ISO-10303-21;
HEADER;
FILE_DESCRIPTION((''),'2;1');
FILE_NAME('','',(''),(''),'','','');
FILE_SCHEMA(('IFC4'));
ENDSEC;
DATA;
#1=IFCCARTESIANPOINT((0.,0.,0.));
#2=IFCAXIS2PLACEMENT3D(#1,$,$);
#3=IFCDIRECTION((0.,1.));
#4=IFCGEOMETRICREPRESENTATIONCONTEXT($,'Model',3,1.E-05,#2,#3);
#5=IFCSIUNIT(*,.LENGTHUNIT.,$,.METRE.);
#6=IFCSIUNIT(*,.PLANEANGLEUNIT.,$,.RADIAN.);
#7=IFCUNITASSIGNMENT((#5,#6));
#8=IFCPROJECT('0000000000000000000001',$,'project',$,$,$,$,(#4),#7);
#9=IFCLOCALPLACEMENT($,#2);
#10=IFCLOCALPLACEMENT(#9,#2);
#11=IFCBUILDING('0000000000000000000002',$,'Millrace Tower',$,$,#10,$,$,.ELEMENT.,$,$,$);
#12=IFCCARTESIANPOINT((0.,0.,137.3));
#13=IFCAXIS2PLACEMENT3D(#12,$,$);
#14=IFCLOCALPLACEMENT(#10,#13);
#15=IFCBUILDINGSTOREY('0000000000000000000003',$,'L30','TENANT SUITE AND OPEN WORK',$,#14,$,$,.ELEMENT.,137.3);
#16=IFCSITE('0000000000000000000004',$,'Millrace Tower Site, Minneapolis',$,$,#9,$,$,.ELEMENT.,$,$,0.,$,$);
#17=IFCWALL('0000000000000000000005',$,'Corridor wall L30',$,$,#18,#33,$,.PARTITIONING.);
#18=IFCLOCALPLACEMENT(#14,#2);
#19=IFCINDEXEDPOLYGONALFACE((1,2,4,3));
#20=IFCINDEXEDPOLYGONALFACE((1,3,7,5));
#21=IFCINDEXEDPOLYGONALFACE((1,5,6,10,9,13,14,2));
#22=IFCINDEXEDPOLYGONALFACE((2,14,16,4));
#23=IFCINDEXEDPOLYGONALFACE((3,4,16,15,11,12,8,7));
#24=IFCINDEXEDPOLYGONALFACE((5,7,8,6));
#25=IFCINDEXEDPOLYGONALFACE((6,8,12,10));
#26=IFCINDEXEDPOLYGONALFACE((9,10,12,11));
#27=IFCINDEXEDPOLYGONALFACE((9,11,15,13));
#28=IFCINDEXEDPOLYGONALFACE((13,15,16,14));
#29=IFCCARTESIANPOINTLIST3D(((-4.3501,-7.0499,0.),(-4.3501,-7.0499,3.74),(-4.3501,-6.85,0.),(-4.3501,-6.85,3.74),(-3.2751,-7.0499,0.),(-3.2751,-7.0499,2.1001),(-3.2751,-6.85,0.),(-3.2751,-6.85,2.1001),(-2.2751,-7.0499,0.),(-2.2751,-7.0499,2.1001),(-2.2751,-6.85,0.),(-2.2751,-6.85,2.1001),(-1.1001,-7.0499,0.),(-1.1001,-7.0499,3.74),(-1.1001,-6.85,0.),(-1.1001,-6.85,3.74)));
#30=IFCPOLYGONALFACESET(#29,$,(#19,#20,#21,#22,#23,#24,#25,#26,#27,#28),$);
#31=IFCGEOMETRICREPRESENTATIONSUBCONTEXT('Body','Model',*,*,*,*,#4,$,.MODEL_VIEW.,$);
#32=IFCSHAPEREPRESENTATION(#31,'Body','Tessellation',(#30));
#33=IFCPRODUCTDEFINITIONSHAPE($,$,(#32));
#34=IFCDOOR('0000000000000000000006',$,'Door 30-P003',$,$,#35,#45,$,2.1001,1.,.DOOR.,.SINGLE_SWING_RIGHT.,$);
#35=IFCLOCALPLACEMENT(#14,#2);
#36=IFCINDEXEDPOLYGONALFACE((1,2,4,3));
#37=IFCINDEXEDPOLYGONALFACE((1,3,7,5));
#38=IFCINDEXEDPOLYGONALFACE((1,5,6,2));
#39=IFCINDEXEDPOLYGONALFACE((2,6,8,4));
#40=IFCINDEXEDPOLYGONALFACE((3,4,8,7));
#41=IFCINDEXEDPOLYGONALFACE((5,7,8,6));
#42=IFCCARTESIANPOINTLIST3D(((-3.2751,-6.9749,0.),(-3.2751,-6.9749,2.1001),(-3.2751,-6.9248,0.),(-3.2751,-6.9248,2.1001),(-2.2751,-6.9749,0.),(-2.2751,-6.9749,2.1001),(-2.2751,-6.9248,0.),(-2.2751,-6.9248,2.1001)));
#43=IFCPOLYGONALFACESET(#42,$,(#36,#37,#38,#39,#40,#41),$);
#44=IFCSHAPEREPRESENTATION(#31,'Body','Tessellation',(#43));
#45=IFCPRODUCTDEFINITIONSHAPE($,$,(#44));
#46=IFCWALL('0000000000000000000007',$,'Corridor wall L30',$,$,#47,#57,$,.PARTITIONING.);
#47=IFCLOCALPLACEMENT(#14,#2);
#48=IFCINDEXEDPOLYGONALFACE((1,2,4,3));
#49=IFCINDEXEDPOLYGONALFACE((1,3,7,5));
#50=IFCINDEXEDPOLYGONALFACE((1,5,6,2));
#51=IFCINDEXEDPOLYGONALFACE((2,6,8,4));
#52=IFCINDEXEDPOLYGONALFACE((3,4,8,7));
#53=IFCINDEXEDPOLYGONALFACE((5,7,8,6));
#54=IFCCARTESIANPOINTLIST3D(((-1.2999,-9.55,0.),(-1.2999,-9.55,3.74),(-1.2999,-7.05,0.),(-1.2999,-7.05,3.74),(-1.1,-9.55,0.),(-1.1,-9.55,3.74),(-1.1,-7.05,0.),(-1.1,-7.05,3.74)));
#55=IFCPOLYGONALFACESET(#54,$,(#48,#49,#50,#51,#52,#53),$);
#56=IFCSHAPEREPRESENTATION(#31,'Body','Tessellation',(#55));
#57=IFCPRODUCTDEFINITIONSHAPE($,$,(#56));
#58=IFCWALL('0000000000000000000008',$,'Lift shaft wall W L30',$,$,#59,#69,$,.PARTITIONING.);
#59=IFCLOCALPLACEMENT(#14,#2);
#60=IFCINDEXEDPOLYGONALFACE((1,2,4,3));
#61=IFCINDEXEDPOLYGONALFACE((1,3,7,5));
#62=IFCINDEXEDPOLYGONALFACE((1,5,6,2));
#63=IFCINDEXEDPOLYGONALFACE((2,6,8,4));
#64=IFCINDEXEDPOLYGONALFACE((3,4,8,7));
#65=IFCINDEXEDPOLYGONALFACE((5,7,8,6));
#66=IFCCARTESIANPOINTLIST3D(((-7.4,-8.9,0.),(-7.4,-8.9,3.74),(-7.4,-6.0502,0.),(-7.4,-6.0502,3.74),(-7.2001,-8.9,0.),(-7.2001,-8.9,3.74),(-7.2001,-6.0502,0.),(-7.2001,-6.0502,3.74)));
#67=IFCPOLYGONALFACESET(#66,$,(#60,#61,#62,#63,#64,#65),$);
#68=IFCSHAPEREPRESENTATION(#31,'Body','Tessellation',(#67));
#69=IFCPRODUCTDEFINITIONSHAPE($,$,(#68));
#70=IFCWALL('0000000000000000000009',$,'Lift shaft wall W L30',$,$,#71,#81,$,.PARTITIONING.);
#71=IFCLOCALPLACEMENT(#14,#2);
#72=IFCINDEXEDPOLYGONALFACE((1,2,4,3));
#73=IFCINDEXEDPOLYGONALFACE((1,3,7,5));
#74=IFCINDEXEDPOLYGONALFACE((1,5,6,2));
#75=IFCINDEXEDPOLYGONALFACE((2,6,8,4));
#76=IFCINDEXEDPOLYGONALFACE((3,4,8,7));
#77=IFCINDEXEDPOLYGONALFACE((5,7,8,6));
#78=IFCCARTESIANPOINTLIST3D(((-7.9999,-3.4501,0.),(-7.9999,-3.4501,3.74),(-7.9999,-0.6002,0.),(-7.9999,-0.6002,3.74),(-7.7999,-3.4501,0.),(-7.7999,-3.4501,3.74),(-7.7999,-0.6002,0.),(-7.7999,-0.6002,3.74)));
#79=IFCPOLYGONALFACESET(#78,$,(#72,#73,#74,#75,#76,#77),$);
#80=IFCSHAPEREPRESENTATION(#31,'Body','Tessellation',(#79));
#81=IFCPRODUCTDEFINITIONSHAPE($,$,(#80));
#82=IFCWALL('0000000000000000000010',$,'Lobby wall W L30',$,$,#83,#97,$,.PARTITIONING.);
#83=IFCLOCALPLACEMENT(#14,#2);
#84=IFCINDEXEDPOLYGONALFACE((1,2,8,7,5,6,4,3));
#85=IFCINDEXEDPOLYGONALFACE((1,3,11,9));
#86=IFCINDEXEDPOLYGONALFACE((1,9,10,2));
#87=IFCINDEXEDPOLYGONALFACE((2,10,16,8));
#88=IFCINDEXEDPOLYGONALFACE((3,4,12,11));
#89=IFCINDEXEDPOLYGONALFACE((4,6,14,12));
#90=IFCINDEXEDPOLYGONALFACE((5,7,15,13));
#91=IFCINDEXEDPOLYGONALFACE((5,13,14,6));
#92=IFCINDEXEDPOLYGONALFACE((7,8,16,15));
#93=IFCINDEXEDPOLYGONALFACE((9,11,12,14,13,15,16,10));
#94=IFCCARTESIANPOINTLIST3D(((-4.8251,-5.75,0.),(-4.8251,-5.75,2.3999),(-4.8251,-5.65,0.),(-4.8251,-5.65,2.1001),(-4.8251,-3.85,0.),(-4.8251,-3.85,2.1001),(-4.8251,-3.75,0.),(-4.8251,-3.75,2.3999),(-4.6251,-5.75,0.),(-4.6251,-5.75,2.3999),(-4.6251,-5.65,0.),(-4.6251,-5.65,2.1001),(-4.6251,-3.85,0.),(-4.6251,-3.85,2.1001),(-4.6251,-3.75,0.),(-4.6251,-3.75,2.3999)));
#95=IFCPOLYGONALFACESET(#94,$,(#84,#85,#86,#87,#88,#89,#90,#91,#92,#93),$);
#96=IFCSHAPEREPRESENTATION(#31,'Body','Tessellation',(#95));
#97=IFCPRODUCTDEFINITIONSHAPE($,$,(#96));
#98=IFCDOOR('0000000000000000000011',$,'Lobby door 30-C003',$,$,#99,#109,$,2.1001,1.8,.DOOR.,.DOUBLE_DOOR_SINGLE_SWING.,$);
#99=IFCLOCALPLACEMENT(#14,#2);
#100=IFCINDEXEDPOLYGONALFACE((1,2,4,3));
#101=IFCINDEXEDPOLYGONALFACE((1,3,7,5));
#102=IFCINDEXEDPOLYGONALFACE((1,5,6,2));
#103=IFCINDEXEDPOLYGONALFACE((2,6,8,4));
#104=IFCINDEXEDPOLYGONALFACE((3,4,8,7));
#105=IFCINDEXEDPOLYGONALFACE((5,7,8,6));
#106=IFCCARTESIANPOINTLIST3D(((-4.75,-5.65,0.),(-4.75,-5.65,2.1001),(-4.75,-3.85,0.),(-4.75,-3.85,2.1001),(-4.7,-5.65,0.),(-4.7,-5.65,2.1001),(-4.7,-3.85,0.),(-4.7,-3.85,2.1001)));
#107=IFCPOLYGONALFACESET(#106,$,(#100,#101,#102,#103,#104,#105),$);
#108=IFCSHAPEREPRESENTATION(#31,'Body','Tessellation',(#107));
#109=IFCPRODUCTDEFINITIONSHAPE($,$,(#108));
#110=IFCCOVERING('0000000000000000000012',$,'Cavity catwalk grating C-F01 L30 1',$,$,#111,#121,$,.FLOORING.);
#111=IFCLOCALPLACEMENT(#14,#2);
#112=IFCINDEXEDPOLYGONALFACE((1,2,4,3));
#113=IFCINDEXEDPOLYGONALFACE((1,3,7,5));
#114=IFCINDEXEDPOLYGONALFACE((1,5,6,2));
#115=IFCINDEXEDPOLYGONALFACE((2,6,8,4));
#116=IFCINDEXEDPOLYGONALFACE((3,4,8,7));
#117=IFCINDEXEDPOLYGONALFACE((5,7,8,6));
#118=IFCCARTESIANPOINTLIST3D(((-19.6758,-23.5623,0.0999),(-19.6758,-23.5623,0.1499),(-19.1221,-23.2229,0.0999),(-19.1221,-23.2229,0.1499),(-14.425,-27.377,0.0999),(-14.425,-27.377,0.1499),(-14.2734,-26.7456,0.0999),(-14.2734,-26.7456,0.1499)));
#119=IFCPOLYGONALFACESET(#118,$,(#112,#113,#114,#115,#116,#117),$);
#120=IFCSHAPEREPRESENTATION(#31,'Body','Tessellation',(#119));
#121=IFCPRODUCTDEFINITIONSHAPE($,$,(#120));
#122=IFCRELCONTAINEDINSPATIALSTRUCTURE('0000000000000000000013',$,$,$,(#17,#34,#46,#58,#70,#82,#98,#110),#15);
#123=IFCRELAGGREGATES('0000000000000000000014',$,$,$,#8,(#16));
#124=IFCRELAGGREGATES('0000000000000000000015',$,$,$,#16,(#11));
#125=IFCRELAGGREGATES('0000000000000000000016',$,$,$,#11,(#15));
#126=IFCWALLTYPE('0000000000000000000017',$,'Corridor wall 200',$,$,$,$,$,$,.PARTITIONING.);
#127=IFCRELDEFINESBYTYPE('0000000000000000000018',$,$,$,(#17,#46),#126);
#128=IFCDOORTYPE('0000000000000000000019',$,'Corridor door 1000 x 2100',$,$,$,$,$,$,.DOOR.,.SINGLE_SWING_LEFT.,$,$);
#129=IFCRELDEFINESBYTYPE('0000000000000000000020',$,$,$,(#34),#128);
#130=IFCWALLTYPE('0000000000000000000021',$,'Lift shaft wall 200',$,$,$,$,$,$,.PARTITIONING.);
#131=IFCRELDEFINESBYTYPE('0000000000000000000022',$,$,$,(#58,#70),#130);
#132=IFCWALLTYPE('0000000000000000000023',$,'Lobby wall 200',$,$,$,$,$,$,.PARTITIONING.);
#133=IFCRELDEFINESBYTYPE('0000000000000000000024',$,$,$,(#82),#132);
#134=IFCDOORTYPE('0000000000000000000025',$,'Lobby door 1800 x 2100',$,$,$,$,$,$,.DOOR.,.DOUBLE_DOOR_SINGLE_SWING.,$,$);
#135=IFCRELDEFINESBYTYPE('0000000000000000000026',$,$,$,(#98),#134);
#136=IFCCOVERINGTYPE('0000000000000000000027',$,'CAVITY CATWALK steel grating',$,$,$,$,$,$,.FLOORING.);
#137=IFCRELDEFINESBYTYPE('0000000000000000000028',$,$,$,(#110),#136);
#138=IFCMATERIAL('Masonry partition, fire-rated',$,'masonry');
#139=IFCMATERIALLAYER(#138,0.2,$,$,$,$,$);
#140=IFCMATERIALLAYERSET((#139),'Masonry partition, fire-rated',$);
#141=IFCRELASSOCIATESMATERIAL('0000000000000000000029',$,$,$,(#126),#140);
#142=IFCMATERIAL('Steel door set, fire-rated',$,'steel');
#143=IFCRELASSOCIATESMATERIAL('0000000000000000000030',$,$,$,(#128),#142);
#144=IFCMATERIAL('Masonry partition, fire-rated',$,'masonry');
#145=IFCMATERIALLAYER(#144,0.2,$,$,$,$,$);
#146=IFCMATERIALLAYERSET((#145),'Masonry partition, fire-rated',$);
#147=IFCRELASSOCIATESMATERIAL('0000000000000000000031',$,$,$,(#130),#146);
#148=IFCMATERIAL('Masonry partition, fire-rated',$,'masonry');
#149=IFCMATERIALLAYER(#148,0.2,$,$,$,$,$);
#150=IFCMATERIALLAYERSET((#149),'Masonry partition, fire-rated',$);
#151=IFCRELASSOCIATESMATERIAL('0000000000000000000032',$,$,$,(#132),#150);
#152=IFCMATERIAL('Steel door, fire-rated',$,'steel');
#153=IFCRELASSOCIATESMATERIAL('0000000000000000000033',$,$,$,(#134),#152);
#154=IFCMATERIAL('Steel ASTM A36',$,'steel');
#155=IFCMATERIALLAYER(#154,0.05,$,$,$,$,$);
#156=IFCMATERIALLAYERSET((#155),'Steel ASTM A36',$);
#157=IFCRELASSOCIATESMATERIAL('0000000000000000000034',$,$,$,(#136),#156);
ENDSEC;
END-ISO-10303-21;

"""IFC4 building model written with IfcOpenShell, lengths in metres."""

from ifc_helpers import new_model, si_unit, direction, frame, frame_2d, origin, place, context, subcontext, project, spatial, polyline, rectangle, outline, extrude, material, layer, layer_set, type_object, element, fill, save


model = new_model("IFC4")

# Units and contexts
model_context = context("Model", 3, precision=1e-05, world=origin(), true_north=direction((0.0, 1.0)))
body_context = subcontext(model_context, "Body", "Model", "MODEL_VIEW")
ifc_project = project(units=[si_unit("LENGTHUNIT", "METRE"), si_unit("PLANEANGLEUNIT", "RADIAN")], contexts=[model_context])

# Site, building, storey
site_placement = place(None, origin())
site = spatial("IfcSite", under=ifc_project, at=site_placement, Name="Millrace Tower Site, Minneapolis", CompositionType="ELEMENT", RefElevation=0.0)
building_placement = place(site_placement, origin())
building = spatial("IfcBuilding", under=site, at=building_placement, Name="Millrace Tower", CompositionType="ELEMENT")
storey_placement = place(building_placement, frame((0.0, 0.0, 137.3)))
storey = spatial("IfcBuildingStorey", under=building, at=storey_placement, Name="L30", Description="TENANT SUITE AND OPEN WORK", CompositionType="ELEMENT", Elevation=137.3)

# Shared definitions
ifc_material_1 = material(Name="Masonry partition, fire-rated", Category="masonry")
ifc_layer_1 = layer(ifc_material_1, 0.2)
ifc_layer_set_1 = layer_set([ifc_layer_1], Name="Masonry partition, fire-rated")
wall_type_1 = type_object("IfcWallType", Name="Corridor wall 200", PredefinedType="PARTITIONING", material=ifc_layer_set_1)

# Wall, opening, door
wall_1_placement = place(storey_placement, frame((-4.3501, -6.95, 0.0), z_axis=(0.0, 0.0, 1.0), x_axis=(1.0, 0.0, 0.0)))
wall_1 = element("IfcWall", 1, at=wall_1_placement, inside=storey, type_object=wall_type_1, Name="Corridor wall L30", PredefinedType="PARTITIONING", context=body_context, shape_type="SweptSolid", body=[
    extrude(rectangle(XDim=3.25, YDim=0.2, at=frame_2d((1.625, 0.0))), origin(), (0.0, 0.0, 1.0), 3.74),
])
opening_1_placement = place(wall_1_placement, frame((1.075, 0.0, 0.0)))
opening_1 = element("IfcOpeningElement", 2, at=opening_1_placement, cuts=wall_1, PredefinedType="OPENING", context=body_context, shape_type="SweptSolid", body=[
    extrude(rectangle(XDim=1.0, YDim=2.1001, at=frame_2d((0.5, 1.05))), frame((0.0, 0.1099, 0.0), z_axis=(0.0, -1.0, 0.0), x_axis=(1.0, 0.0, 0.0)), (0.0, 0.0, 1.0), 0.22),
])
ifc_material_2 = material(Name="Steel door set, fire-rated", Category="steel")
door_type_1 = type_object("IfcDoorType", Name="Corridor door 1000 x 2100", OperationType="SINGLE_SWING_LEFT", PredefinedType="DOOR", material=ifc_material_2)
door_1_placement = place(opening_1_placement, frame((1.0, 0.0, 0.0), z_axis=(0.0, 0.0, 1.0), x_axis=(-1.0, 0.0, 0.0)))
door_1 = element("IfcDoor", 3, at=door_1_placement, inside=storey, type_object=door_type_1, Name="Door 30-P003", OperationType="SINGLE_SWING_RIGHT", OverallHeight=2.1001, OverallWidth=1.0, PredefinedType="DOOR", context=body_context, shape_type="SweptSolid", body=[
    extrude(rectangle(XDim=1.0, YDim=2.1001, at=frame_2d((0.5, 1.05))), frame((0.0, 0.0249, 0.0), z_axis=(0.0, -1.0, 0.0), x_axis=(1.0, 0.0, 0.0)), (0.0, 0.0, 1.0), 0.05),
])
fill(opening_1, door_1)

# Walls
wall_2_placement = place(storey_placement, frame((-1.2, -9.55, 0.0), z_axis=(0.0, 0.0, 1.0), x_axis=(0.0, 1.0, 0.0)))
element("IfcWall", 4, at=wall_2_placement, inside=storey, type_object=wall_type_1, Name="Corridor wall L30", PredefinedType="PARTITIONING", context=body_context, shape_type="SweptSolid", body=[
    extrude(rectangle(XDim=2.5, YDim=0.2, at=frame_2d((1.25, 0.0))), origin(), (0.0, 0.0, 1.0), 3.74),
])
ifc_material_3 = material(Name="Masonry partition, fire-rated", Category="masonry")
ifc_layer_2 = layer(ifc_material_3, 0.2)
ifc_layer_set_2 = layer_set([ifc_layer_2], Name="Masonry partition, fire-rated")
wall_type_2 = type_object("IfcWallType", Name="Lift shaft wall 200", PredefinedType="PARTITIONING", material=ifc_layer_set_2)
for number, where, z_axis, x_axis, name in (
    (5, (-7.3, -8.8999, 0.0), (0.0, 0.0, 1.0), (0.0, 1.0, 0.0), "Lift shaft wall W L30"),
    (6, (-7.8999, -3.45, 0.0), (0.0, 0.0, 1.0), (0.0, 1.0, 0.0), "Lift shaft wall W L30"),
):
    element("IfcWall", number, at=place(storey_placement, frame(where, z_axis=z_axis, x_axis=x_axis)), inside=storey, type_object=wall_type_2, Name=name, PredefinedType="PARTITIONING", context=body_context, shape_type="SweptSolid", body=[
        extrude(rectangle(XDim=2.8499, YDim=0.2, at=frame_2d((1.4248, 0.0))), origin(), (0.0, 0.0, 1.0), 3.74),
    ])

# Wall, opening, door
ifc_material_4 = material(Name="Masonry partition, fire-rated", Category="masonry")
ifc_layer_3 = layer(ifc_material_4, 0.2)
ifc_layer_set_3 = layer_set([ifc_layer_3], Name="Masonry partition, fire-rated")
wall_type_3 = type_object("IfcWallType", Name="Lobby wall 200", PredefinedType="PARTITIONING", material=ifc_layer_set_3)
wall_3_placement = place(storey_placement, frame((-4.7251, -5.75, 0.0), z_axis=(0.0, 0.0, 1.0), x_axis=(0.0, 1.0, 0.0)))
wall_3 = element("IfcWall", 7, at=wall_3_placement, inside=storey, type_object=wall_type_3, Name="Lobby wall W L30", PredefinedType="PARTITIONING", context=body_context, shape_type="SweptSolid", body=[
    extrude(rectangle(XDim=2.0, YDim=0.2, at=frame_2d((1.0, 0.0))), origin(), (0.0, 0.0, 1.0), 2.3999),
])
opening_2_placement = place(wall_3_placement, frame((0.1001, 0.0, 0.0)))
opening_2 = element("IfcOpeningElement", 8, at=opening_2_placement, cuts=wall_3, PredefinedType="OPENING", context=body_context, shape_type="SweptSolid", body=[
    extrude(rectangle(XDim=1.8, YDim=2.1001, at=frame_2d((0.8999, 1.05))), frame((0.0, 0.1099, 0.0), z_axis=(0.0, -1.0, 0.0), x_axis=(1.0, 0.0, 0.0)), (0.0, 0.0, 1.0), 0.22),
])
ifc_material_5 = material(Name="Steel door, fire-rated", Category="steel")
door_type_2 = type_object("IfcDoorType", Name="Lobby door 1800 x 2100", OperationType="DOUBLE_DOOR_SINGLE_SWING", PredefinedType="DOOR", material=ifc_material_5)
door_2_placement = place(opening_2_placement, origin())
door_2 = element("IfcDoor", 9, at=door_2_placement, inside=storey, type_object=door_type_2, Name="Lobby door 30-C003", OperationType="DOUBLE_DOOR_SINGLE_SWING", OverallHeight=2.1001, OverallWidth=1.8, PredefinedType="DOOR", context=body_context, shape_type="SweptSolid", body=[
    extrude(rectangle(XDim=1.8, YDim=2.1001, at=frame_2d((0.8999, 1.05))), frame((0.0, 0.0249, 0.0), z_axis=(0.0, -1.0, 0.0), x_axis=(1.0, 0.0, 0.0)), (0.0, 0.0, 1.0), 0.05),
])
fill(opening_2, door_2)

# Covering
ifc_material_6 = material(Name="Steel ASTM A36", Category="steel")
ifc_layer_4 = layer(ifc_material_6, 0.05)
ifc_layer_set_4 = layer_set([ifc_layer_4], Name="Steel ASTM A36")
covering_type = type_object("IfcCoveringType", Name="CAVITY CATWALK steel grating", PredefinedType="FLOORING", material=ifc_layer_set_4)
covering_placement = place(storey_placement, frame((0.0, 0.0, 0.0999)))
element("IfcCovering", 10, at=covering_placement, inside=storey, type_object=covering_type, Name="Cavity catwalk grating C-F01 L30 1", PredefinedType="FLOORING", context=body_context, shape_type="SweptSolid", body=[
    extrude(outline(polyline([(-19.6758, -23.5623), (-14.425, -27.377), (-14.2734, -26.7456), (-19.1221, -23.2229), (-19.6758, -23.5623)])), origin(), (0.0, 0.0, 1.0), 0.05),
])

save(model, "model.ifc")
